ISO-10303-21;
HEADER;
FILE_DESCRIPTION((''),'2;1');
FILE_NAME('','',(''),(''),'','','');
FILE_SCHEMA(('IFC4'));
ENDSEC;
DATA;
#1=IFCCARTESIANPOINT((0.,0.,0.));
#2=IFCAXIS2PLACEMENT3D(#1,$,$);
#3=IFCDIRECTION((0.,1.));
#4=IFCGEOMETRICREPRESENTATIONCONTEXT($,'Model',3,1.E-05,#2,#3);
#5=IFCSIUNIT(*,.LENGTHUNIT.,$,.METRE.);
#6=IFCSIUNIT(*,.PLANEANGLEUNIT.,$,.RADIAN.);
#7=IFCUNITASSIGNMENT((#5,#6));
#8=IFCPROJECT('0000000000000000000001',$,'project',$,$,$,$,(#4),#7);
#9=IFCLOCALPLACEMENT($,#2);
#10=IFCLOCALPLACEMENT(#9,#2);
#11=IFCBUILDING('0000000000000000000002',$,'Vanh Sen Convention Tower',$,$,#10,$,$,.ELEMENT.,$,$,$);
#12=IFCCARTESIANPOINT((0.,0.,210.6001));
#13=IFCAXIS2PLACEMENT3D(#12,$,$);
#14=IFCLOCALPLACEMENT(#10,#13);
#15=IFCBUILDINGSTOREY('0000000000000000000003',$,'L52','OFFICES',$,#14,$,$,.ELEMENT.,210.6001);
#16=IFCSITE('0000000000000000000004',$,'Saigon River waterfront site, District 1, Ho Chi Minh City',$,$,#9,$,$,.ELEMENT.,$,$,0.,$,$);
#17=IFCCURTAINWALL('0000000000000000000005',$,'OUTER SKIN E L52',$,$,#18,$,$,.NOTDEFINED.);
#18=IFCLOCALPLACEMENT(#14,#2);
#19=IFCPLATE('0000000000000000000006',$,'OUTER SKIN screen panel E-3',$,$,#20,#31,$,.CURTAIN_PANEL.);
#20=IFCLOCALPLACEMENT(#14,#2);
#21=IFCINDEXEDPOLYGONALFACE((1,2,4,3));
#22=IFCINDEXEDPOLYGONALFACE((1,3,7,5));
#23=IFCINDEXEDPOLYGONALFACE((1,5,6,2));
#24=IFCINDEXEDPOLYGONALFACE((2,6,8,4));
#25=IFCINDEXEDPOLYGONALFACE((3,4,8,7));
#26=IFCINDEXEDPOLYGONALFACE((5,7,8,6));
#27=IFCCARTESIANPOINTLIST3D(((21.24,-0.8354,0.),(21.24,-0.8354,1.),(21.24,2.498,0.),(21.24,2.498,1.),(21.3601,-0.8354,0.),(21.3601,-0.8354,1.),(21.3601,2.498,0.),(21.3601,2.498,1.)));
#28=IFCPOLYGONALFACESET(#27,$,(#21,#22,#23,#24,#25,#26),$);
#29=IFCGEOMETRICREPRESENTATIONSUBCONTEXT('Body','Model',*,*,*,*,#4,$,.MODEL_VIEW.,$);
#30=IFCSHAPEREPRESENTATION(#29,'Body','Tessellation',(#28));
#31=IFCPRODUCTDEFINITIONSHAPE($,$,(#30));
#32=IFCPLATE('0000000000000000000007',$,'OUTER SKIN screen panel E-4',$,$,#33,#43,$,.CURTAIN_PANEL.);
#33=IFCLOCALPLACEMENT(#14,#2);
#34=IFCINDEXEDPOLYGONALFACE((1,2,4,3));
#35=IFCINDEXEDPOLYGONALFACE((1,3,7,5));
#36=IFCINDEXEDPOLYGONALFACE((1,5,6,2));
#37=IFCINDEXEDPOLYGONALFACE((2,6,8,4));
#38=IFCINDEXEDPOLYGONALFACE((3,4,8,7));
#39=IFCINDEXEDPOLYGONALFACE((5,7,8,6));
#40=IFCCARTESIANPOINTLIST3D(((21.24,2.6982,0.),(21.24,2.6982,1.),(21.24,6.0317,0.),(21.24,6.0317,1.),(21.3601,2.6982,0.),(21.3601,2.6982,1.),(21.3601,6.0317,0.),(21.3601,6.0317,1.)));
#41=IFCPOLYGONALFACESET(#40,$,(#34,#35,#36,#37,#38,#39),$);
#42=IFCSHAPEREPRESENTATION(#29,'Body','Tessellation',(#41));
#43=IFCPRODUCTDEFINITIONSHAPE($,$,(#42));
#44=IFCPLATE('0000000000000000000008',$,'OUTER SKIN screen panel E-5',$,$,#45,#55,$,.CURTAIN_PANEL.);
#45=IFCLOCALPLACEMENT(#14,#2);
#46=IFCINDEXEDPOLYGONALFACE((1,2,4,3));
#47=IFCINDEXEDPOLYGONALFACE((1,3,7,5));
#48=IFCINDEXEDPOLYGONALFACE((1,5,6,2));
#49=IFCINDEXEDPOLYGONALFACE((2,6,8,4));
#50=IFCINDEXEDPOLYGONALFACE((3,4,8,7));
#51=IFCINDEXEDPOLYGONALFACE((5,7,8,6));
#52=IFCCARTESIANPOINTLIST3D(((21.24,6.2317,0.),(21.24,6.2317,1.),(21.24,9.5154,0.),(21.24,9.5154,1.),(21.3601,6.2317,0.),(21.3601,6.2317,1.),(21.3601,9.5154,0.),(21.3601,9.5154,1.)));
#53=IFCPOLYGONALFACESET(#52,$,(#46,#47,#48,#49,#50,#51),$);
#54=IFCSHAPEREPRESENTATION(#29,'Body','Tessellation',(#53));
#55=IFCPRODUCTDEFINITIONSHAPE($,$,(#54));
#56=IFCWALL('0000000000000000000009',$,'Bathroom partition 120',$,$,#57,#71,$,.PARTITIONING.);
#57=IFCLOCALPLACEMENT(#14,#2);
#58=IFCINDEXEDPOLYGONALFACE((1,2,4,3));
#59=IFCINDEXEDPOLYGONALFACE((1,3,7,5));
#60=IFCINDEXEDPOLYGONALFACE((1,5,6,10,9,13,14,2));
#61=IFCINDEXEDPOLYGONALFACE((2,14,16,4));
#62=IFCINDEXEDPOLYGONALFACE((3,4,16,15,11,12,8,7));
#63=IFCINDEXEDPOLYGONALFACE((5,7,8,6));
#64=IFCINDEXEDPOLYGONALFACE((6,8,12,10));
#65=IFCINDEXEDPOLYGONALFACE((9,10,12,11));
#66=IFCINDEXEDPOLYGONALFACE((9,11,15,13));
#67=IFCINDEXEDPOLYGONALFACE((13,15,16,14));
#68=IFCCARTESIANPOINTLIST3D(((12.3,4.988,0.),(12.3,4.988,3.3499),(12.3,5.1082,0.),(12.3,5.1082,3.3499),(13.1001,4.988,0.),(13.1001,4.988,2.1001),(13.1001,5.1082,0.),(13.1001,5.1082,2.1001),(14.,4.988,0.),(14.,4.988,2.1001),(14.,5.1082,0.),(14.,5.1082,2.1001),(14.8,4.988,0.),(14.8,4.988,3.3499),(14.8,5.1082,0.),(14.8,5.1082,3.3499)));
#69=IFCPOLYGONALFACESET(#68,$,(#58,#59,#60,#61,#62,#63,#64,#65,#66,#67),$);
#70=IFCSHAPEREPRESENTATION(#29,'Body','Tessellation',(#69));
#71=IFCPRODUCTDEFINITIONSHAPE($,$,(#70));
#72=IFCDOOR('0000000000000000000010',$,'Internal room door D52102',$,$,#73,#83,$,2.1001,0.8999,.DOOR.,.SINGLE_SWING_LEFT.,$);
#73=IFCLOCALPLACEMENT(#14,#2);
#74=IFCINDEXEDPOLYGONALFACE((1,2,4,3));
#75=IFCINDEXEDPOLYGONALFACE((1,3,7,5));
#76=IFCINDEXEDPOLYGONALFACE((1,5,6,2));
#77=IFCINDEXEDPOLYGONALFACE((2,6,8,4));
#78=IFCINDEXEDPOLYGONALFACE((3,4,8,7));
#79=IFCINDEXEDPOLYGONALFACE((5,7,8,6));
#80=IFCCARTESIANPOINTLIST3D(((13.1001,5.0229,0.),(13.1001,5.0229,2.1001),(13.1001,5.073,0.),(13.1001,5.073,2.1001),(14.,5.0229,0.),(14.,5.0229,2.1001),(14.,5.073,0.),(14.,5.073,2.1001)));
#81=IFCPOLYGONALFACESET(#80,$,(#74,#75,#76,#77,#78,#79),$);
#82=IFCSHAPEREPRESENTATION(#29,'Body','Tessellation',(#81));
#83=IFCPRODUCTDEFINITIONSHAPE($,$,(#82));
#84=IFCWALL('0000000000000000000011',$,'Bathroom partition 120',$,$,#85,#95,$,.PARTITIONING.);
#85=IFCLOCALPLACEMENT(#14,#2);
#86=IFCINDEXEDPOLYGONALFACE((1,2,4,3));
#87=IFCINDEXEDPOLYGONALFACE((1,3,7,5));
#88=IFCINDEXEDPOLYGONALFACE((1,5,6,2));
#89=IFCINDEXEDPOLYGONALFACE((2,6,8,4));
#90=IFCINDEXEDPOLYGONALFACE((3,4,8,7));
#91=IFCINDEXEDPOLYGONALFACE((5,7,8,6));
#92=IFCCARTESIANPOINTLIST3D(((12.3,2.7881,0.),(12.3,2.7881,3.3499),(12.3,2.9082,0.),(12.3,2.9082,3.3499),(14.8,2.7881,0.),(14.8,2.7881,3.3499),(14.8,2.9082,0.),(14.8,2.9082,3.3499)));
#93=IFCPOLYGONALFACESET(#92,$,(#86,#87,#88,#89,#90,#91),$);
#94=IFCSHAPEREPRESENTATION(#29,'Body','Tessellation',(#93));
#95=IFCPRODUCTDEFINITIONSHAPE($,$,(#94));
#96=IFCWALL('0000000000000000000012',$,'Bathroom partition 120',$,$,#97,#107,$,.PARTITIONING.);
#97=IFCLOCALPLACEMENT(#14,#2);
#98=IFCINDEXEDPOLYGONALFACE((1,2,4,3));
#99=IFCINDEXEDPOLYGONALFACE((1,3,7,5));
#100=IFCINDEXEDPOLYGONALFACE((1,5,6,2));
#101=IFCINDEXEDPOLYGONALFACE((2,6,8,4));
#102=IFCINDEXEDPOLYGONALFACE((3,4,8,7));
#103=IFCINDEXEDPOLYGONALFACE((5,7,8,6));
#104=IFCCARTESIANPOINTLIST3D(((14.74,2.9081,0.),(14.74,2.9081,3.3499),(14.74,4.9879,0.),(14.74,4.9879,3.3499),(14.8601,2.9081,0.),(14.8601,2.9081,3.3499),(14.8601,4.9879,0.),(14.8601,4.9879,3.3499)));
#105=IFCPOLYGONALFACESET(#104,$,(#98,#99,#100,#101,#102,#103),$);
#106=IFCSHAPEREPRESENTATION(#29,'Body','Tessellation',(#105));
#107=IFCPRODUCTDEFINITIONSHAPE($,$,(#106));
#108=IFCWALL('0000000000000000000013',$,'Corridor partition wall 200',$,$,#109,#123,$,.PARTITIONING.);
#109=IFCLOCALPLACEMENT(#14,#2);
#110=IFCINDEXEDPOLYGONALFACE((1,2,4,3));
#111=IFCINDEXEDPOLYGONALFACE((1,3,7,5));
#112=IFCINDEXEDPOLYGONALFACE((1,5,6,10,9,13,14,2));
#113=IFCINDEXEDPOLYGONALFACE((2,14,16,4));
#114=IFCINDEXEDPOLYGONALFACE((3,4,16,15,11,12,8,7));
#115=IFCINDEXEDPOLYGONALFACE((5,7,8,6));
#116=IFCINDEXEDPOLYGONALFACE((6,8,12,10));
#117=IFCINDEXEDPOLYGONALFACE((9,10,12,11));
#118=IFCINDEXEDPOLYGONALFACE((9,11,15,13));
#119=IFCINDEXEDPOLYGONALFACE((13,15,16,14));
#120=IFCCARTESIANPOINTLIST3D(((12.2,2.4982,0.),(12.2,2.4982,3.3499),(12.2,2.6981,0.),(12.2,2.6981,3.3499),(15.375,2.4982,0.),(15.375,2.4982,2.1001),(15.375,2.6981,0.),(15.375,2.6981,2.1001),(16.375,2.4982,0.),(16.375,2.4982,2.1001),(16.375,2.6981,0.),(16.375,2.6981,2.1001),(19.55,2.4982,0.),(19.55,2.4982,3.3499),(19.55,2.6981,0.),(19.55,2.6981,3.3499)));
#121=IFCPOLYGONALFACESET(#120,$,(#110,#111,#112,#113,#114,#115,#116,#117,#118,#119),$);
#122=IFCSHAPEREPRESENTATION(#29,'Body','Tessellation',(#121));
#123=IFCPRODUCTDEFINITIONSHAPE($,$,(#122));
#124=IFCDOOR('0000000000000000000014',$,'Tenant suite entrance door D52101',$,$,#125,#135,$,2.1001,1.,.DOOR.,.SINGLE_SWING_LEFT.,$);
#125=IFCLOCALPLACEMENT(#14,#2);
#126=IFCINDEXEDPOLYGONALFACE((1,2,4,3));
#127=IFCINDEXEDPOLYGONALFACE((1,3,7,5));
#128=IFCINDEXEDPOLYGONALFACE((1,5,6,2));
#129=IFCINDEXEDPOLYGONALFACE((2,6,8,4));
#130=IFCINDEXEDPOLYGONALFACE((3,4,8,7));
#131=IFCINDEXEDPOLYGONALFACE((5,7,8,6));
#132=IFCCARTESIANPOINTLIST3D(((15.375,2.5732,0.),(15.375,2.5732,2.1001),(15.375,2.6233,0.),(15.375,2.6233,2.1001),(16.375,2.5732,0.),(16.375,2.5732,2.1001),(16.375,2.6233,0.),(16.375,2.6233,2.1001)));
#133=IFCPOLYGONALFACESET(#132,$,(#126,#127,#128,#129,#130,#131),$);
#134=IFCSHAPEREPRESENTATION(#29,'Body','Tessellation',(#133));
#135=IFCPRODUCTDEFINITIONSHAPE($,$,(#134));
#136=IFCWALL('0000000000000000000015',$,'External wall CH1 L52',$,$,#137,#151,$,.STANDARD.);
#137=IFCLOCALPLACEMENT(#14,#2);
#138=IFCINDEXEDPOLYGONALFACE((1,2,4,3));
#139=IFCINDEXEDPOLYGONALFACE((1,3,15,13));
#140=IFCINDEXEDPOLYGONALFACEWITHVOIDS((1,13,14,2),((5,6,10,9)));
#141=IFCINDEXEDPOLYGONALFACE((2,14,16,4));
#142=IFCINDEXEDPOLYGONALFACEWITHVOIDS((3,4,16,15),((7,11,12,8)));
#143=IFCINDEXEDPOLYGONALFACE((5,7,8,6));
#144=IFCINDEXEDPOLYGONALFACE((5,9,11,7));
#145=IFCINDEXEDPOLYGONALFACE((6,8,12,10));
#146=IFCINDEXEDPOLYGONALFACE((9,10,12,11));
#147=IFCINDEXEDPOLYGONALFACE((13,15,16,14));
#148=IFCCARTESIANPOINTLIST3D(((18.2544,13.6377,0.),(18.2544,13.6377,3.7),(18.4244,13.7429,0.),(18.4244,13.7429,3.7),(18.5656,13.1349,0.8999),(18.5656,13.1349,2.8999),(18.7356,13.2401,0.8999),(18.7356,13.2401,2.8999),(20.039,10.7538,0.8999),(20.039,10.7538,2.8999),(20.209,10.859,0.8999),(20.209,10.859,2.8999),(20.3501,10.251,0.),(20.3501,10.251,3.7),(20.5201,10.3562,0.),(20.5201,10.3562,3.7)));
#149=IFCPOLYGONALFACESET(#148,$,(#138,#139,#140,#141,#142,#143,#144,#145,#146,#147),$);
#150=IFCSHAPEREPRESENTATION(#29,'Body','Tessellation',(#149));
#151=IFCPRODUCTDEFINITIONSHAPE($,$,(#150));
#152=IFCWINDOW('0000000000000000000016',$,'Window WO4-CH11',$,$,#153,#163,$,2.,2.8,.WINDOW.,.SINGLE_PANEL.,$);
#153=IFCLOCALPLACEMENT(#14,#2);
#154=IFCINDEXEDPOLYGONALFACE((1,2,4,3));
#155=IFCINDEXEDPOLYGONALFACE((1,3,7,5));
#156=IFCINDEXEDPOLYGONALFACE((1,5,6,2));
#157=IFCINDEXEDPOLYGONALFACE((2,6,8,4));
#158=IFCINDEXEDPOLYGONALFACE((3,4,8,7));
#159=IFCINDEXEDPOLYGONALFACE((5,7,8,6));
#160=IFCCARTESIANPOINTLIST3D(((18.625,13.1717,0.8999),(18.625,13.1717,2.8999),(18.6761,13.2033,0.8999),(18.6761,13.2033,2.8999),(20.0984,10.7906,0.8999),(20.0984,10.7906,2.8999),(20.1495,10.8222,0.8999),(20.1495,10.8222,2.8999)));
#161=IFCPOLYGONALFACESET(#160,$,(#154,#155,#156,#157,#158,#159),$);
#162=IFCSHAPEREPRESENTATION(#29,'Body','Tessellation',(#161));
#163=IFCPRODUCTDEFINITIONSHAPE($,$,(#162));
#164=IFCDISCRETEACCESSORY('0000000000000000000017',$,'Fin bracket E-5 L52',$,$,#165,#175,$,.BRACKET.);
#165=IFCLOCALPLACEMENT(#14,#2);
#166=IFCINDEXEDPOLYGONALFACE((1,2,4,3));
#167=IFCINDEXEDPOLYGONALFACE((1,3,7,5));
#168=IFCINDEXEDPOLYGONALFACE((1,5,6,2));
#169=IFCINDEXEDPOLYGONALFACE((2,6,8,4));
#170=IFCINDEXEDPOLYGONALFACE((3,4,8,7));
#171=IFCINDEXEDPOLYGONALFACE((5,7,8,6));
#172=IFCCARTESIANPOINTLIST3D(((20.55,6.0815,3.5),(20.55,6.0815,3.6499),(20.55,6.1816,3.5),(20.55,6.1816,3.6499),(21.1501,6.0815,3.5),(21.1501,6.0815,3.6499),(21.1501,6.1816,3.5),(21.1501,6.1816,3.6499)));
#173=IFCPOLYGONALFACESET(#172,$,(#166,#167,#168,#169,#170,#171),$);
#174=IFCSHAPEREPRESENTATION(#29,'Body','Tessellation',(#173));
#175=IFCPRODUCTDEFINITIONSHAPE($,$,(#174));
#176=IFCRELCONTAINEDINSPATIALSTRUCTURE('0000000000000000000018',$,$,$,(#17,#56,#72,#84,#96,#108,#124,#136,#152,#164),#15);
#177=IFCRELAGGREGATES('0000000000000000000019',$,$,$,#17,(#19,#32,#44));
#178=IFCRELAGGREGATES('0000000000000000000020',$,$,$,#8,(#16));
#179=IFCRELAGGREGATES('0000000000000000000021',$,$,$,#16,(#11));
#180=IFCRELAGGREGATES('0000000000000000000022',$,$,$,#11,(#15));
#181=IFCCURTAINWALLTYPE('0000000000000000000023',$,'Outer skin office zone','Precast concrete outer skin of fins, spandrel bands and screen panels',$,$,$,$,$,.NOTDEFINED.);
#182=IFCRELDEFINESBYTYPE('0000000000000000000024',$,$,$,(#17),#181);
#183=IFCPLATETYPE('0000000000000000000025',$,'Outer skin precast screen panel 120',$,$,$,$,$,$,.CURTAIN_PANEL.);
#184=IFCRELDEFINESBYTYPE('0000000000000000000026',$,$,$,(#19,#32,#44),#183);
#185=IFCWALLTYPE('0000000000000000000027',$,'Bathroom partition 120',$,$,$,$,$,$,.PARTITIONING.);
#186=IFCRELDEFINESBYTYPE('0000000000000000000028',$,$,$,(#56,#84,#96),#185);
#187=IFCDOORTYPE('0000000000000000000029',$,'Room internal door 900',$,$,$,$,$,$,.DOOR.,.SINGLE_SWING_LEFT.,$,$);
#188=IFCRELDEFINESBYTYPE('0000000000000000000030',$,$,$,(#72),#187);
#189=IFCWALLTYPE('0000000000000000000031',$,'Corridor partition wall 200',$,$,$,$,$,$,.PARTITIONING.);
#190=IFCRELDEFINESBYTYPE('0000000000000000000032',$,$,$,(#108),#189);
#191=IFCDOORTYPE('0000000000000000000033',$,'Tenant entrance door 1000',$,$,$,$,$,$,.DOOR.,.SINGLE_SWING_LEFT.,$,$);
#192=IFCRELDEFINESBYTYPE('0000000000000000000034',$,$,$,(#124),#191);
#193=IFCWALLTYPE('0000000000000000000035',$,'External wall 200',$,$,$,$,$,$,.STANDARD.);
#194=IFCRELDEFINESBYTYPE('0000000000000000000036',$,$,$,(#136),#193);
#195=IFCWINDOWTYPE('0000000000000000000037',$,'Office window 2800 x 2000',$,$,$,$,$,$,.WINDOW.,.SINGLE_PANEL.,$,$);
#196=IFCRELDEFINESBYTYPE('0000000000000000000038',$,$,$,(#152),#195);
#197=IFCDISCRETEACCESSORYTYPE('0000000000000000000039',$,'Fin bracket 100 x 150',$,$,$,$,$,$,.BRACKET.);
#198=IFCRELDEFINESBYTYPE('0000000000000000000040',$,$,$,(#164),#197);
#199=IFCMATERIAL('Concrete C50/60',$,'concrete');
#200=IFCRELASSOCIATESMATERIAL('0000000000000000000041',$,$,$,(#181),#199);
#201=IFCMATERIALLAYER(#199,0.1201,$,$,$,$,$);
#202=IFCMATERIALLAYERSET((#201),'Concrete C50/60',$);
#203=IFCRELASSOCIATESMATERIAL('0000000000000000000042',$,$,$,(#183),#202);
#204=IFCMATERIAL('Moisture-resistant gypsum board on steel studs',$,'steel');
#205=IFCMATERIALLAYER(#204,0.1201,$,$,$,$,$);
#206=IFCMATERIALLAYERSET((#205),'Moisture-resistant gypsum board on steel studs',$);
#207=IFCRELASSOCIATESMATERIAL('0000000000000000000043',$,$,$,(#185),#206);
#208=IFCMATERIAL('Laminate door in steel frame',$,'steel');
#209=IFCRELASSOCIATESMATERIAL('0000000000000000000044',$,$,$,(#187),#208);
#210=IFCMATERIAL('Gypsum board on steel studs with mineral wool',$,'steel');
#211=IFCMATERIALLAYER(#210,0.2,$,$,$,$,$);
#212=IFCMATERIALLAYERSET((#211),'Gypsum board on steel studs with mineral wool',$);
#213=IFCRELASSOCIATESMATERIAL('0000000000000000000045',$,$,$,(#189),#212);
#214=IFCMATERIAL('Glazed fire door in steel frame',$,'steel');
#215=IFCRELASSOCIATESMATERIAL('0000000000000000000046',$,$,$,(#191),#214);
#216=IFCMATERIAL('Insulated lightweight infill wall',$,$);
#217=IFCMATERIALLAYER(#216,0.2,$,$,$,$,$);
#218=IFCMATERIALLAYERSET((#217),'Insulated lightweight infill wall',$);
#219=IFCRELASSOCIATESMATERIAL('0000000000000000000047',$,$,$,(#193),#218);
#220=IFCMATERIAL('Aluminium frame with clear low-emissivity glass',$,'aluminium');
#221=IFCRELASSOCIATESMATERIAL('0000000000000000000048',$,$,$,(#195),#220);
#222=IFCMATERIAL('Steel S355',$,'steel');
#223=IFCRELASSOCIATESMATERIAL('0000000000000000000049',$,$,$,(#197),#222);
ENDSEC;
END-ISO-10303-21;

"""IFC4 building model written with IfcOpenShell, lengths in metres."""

from ifc_helpers import new_model, si_unit, direction, frame, frame_2d, origin, origin_2d, place, context, subcontext, project, spatial, rectangle, extrude, material, layer, layer_set, type_object, element, fill, aggregate, save


model = new_model("IFC4")

# Units and contexts
model_context = context("Model", 3, precision=1e-05, world=origin(), true_north=direction((0.0, 1.0)))
body_context = subcontext(model_context, "Body", "Model", "MODEL_VIEW")
ifc_project = project(units=[si_unit("LENGTHUNIT", "METRE"), si_unit("PLANEANGLEUNIT", "RADIAN")], contexts=[model_context])

# Site, building, storey
site_placement = place(None, origin())
site = spatial("IfcSite", under=ifc_project, at=site_placement, Name="Saigon River waterfront site, District 1, Ho Chi Minh City", CompositionType="ELEMENT", RefElevation=0.0)
building_placement = place(site_placement, origin())
building = spatial("IfcBuilding", under=site, at=building_placement, Name="Vanh Sen Convention Tower", CompositionType="ELEMENT")
storey_placement = place(building_placement, frame((0.0, 0.0, 210.6001)))
storey = spatial("IfcBuildingStorey", under=building, at=storey_placement, Name="L52", Description="OFFICES", CompositionType="ELEMENT", Elevation=210.6001)

# Curtain wall
ifc_material_1 = material(Name="Concrete C50/60", Category="concrete")
curtain_wall_type = type_object("IfcCurtainWallType", Name="Outer skin office zone", Description="Precast concrete outer skin of fins, spandrel bands and screen panels", PredefinedType="NOTDEFINED", material=ifc_material_1)
curtain_wall_1_placement = place(storey_placement, origin())
curtain_wall_1 = element("IfcCurtainWall", 1, at=curtain_wall_1_placement, inside=storey, type_object=curtain_wall_type, Name="OUTER SKIN E L52", PredefinedType="NOTDEFINED")

# Plates
ifc_layer_1 = layer(ifc_material_1, 0.1201)
ifc_layer_set_1 = layer_set([ifc_layer_1], Name="Concrete C50/60")
plate_type = type_object("IfcPlateType", Name="Outer skin precast screen panel 120", PredefinedType="CURTAIN_PANEL", material=ifc_layer_set_1)
plate_1_placement = place(storey_placement, frame((21.3, 0.8313, 0.0), z_axis=(0.0, 0.0, 1.0), x_axis=(0.0, 1.0, 0.0)))
plate_1 = element("IfcPlate", 2, at=plate_1_placement, type_object=plate_type, Name="OUTER SKIN screen panel E-3", PredefinedType="CURTAIN_PANEL", context=body_context, shape_type="SweptSolid", body=[
    extrude(rectangle(XDim=3.3335, YDim=0.1201, at=origin_2d()), origin(), (0.0, 0.0, 1.0), 1.0),
])
plate_2_placement = place(storey_placement, frame((21.3, 4.365, 0.0), z_axis=(0.0, 0.0, 1.0), x_axis=(0.0, 1.0, 0.0)))
plate_2 = element("IfcPlate", 3, at=plate_2_placement, type_object=plate_type, Name="OUTER SKIN screen panel E-4", PredefinedType="CURTAIN_PANEL", context=body_context, shape_type="SweptSolid", body=[
    extrude(rectangle(XDim=3.3335, YDim=0.1201, at=origin_2d()), origin(), (0.0, 0.0, 1.0), 1.0),
])
plate_3_placement = place(storey_placement, frame((21.3, 7.8735, 0.0), z_axis=(0.0, 0.0, 1.0), x_axis=(0.0, 1.0, 0.0)))
plate_3 = element("IfcPlate", 4, at=plate_3_placement, type_object=plate_type, Name="OUTER SKIN screen panel E-5", PredefinedType="CURTAIN_PANEL", context=body_context, shape_type="SweptSolid", body=[
    extrude(rectangle(XDim=3.2837, YDim=0.1201, at=origin_2d()), origin(), (0.0, 0.0, 1.0), 1.0),
])
aggregate(curtain_wall_1, [plate_1, plate_2, plate_3])

# Wall, opening, door
ifc_material_2 = material(Name="Moisture-resistant gypsum board on steel studs", Category="steel")
ifc_layer_2 = layer(ifc_material_2, 0.1201)
ifc_layer_set_2 = layer_set([ifc_layer_2], Name="Moisture-resistant gypsum board on steel studs")
wall_type_1 = type_object("IfcWallType", Name="Bathroom partition 120", PredefinedType="PARTITIONING", material=ifc_layer_set_2)
wall_1_placement = place(storey_placement, frame((12.3, 5.0481, 0.0), z_axis=(0.0, 0.0, 1.0), x_axis=(1.0, 0.0, 0.0)))
wall_1 = element("IfcWall", 5, at=wall_1_placement, inside=storey, type_object=wall_type_1, Name="Bathroom partition 120", PredefinedType="PARTITIONING", context=body_context, shape_type="SweptSolid", body=[
    extrude(rectangle(XDim=2.5, YDim=0.1201, at=frame_2d((1.25, 0.0))), origin(), (0.0, 0.0, 1.0), 3.3499),
])
opening_1_placement = place(wall_1_placement, frame((0.8, 0.0, 0.0)))
opening_1 = element("IfcOpeningElement", 6, at=opening_1_placement, cuts=wall_1, PredefinedType="OPENING", context=body_context, shape_type="SweptSolid", body=[
    extrude(rectangle(XDim=0.8999, YDim=2.1001, at=frame_2d((0.45, 1.05))), frame((0.0, 0.0701, 0.0), z_axis=(0.0, -1.0, 0.0), x_axis=(1.0, 0.0, 0.0)), (0.0, 0.0, 1.0), 0.1401),
])
ifc_material_3 = material(Name="Laminate door in steel frame", Category="steel")
door_type_1 = type_object("IfcDoorType", Name="Room internal door 900", OperationType="SINGLE_SWING_LEFT", PredefinedType="DOOR", material=ifc_material_3)
door_1_placement = place(opening_1_placement, origin())
door_1 = element("IfcDoor", 7, at=door_1_placement, inside=storey, type_object=door_type_1, Name="Internal room door D52102", OperationType="SINGLE_SWING_LEFT", OverallHeight=2.1001, OverallWidth=0.8999, PredefinedType="DOOR", context=body_context, shape_type="SweptSolid", body=[
    extrude(rectangle(XDim=0.8999, YDim=2.1001, at=frame_2d((0.45, 1.05))), frame((0.0, 0.0249, 0.0), z_axis=(0.0, -1.0, 0.0), x_axis=(1.0, 0.0, 0.0)), (0.0, 0.0, 1.0), 0.05),
])
fill(opening_1, door_1)

# Walls
wall_2_placement = place(storey_placement, frame((14.8, 2.8481, 0.0), z_axis=(0.0, 0.0, 1.0), x_axis=(-1.0, 0.0, 0.0)))
element("IfcWall", 8, at=wall_2_placement, inside=storey, type_object=wall_type_1, Name="Bathroom partition 120", PredefinedType="PARTITIONING", context=body_context, shape_type="SweptSolid", body=[
    extrude(rectangle(XDim=2.5, YDim=0.1201, at=frame_2d((1.25, 0.0))), origin(), (0.0, 0.0, 1.0), 3.3499),
])
wall_3_placement = place(storey_placement, frame((14.8, 4.988, 0.0), z_axis=(0.0, 0.0, 1.0), x_axis=(0.0, -1.0, 0.0)))
element("IfcWall", 9, at=wall_3_placement, inside=storey, type_object=wall_type_1, Name="Bathroom partition 120", PredefinedType="PARTITIONING", context=body_context, shape_type="SweptSolid", body=[
    extrude(rectangle(XDim=2.0798, YDim=0.1201, at=frame_2d((1.04, 0.0))), origin(), (0.0, 0.0, 1.0), 3.3499),
])

# Wall, opening, door
ifc_material_4 = material(Name="Gypsum board on steel studs with mineral wool", Category="steel")
ifc_layer_3 = layer(ifc_material_4, 0.2)
ifc_layer_set_3 = layer_set([ifc_layer_3], Name="Gypsum board on steel studs with mineral wool")
wall_type_2 = type_object("IfcWallType", Name="Corridor partition wall 200", PredefinedType="PARTITIONING", material=ifc_layer_set_3)
wall_4_placement = place(storey_placement, frame((19.55, 2.5981, 0.0), z_axis=(0.0, 0.0, 1.0), x_axis=(-1.0, 0.0, 0.0)))
wall_4 = element("IfcWall", 10, at=wall_4_placement, inside=storey, type_object=wall_type_2, Name="Corridor partition wall 200", PredefinedType="PARTITIONING", context=body_context, shape_type="SweptSolid", body=[
    extrude(rectangle(XDim=7.3501, YDim=0.2, at=frame_2d((3.675, 0.0))), origin(), (0.0, 0.0, 1.0), 3.3499),
])
opening_2_placement = place(wall_4_placement, frame((3.175, 0.0, 0.0)))
opening_2 = element("IfcOpeningElement", 11, at=opening_2_placement, cuts=wall_4, PredefinedType="OPENING", context=body_context, shape_type="SweptSolid", body=[
    extrude(rectangle(XDim=1.0, YDim=2.1001, at=frame_2d((0.5, 1.05))), frame((0.0, 0.1099, 0.0), z_axis=(0.0, -1.0, 0.0), x_axis=(1.0, 0.0, 0.0)), (0.0, 0.0, 1.0), 0.22),
])
ifc_material_5 = material(Name="Glazed fire door in steel frame", Category="steel")
door_type_2 = type_object("IfcDoorType", Name="Tenant entrance door 1000", OperationType="SINGLE_SWING_LEFT", PredefinedType="DOOR", material=ifc_material_5)
door_2_placement = place(opening_2_placement, origin())
door_2 = element("IfcDoor", 12, at=door_2_placement, inside=storey, type_object=door_type_2, Name="Tenant suite entrance door D52101", OperationType="SINGLE_SWING_LEFT", OverallHeight=2.1001, OverallWidth=1.0, PredefinedType="DOOR", context=body_context, shape_type="SweptSolid", body=[
    extrude(rectangle(XDim=1.0, YDim=2.1001, at=frame_2d((0.5, 1.05))), frame((0.0, 0.0249, 0.0), z_axis=(0.0, -1.0, 0.0), x_axis=(1.0, 0.0, 0.0)), (0.0, 0.0, 1.0), 0.05),
])
fill(opening_2, door_2)

# Wall, opening, window
ifc_material_6 = material(Name="Insulated lightweight infill wall")
ifc_layer_4 = layer(ifc_material_6, 0.2)
ifc_layer_set_4 = layer_set([ifc_layer_4], Name="Insulated lightweight infill wall")
wall_type_3 = type_object("IfcWallType", Name="External wall 200", PredefinedType="STANDARD", material=ifc_layer_set_4)
wall_5_placement = place(storey_placement, frame((20.4351, 10.3037, 0.0), z_axis=(0.0, 0.0, 1.0), x_axis=(-0.526203, 0.850359, 0.0)))
wall_5 = element("IfcWall", 13, at=wall_5_placement, inside=storey, type_object=wall_type_3, Name="External wall CH1 L52", PredefinedType="STANDARD", context=body_context, shape_type="SweptSolid", body=[
    extrude(rectangle(XDim=3.9827, YDim=0.2, at=frame_2d((1.9912, 0.0))), origin(), (0.0, 0.0, 1.0), 3.7),
])
opening_3_placement = place(wall_5_placement, frame((0.5913, 0.0, 0.8999)))
opening_3 = element("IfcOpeningElement", 14, at=opening_3_placement, cuts=wall_5, PredefinedType="OPENING", context=body_context, shape_type="SweptSolid", body=[
    extrude(rectangle(XDim=2.8, YDim=2.0, at=frame_2d((1.3999, 1.0))), frame((0.0, 0.1099, 0.0), z_axis=(0.0, -1.0, 0.0), x_axis=(1.0, 0.0, 0.0)), (0.0, 0.0, 1.0), 0.22),
])
ifc_material_7 = material(Name="Aluminium frame with clear low-emissivity glass", Category="aluminium")
window_type = type_object("IfcWindowType", Name="Office window 2800 x 2000", PartitioningType="SINGLE_PANEL", PredefinedType="WINDOW", material=ifc_material_7)
window_placement = place(opening_3_placement, origin())
window = element("IfcWindow", 15, at=window_placement, inside=storey, type_object=window_type, Name="Window WO4-CH11", OverallHeight=2.0, OverallWidth=2.8, PartitioningType="SINGLE_PANEL", PredefinedType="WINDOW", context=body_context, shape_type="SweptSolid", body=[
    extrude(rectangle(XDim=2.8, YDim=2.0, at=frame_2d((1.3999, 1.0))), frame((0.0, 0.03, 0.0), z_axis=(0.0, -1.0, 0.0), x_axis=(1.0, 0.0, 0.0)), (0.0, 0.0, 1.0), 0.0601),
])
fill(opening_3, window)

# Discrete accessory
ifc_material_8 = material(Name="Steel S355", Category="steel")
discrete_accessory_type = type_object("IfcDiscreteAccessoryType", Name="Fin bracket 100 x 150", PredefinedType="BRACKET", material=ifc_material_8)
discrete_accessory_placement = place(storey_placement, frame((20.8501, 6.1316, 3.5), z_axis=(0.0, 0.0, 1.0), x_axis=(1.0, 0.0, 0.0)))
element("IfcDiscreteAccessory", 16, at=discrete_accessory_placement, inside=storey, type_object=discrete_accessory_type, Name="Fin bracket E-5 L52", PredefinedType="BRACKET", context=body_context, shape_type="SweptSolid", body=[
    extrude(rectangle(XDim=0.6001, YDim=0.1001, at=origin_2d()), origin(), (0.0, 0.0, 1.0), 0.1499),
])

save(model, "model.ifc")
